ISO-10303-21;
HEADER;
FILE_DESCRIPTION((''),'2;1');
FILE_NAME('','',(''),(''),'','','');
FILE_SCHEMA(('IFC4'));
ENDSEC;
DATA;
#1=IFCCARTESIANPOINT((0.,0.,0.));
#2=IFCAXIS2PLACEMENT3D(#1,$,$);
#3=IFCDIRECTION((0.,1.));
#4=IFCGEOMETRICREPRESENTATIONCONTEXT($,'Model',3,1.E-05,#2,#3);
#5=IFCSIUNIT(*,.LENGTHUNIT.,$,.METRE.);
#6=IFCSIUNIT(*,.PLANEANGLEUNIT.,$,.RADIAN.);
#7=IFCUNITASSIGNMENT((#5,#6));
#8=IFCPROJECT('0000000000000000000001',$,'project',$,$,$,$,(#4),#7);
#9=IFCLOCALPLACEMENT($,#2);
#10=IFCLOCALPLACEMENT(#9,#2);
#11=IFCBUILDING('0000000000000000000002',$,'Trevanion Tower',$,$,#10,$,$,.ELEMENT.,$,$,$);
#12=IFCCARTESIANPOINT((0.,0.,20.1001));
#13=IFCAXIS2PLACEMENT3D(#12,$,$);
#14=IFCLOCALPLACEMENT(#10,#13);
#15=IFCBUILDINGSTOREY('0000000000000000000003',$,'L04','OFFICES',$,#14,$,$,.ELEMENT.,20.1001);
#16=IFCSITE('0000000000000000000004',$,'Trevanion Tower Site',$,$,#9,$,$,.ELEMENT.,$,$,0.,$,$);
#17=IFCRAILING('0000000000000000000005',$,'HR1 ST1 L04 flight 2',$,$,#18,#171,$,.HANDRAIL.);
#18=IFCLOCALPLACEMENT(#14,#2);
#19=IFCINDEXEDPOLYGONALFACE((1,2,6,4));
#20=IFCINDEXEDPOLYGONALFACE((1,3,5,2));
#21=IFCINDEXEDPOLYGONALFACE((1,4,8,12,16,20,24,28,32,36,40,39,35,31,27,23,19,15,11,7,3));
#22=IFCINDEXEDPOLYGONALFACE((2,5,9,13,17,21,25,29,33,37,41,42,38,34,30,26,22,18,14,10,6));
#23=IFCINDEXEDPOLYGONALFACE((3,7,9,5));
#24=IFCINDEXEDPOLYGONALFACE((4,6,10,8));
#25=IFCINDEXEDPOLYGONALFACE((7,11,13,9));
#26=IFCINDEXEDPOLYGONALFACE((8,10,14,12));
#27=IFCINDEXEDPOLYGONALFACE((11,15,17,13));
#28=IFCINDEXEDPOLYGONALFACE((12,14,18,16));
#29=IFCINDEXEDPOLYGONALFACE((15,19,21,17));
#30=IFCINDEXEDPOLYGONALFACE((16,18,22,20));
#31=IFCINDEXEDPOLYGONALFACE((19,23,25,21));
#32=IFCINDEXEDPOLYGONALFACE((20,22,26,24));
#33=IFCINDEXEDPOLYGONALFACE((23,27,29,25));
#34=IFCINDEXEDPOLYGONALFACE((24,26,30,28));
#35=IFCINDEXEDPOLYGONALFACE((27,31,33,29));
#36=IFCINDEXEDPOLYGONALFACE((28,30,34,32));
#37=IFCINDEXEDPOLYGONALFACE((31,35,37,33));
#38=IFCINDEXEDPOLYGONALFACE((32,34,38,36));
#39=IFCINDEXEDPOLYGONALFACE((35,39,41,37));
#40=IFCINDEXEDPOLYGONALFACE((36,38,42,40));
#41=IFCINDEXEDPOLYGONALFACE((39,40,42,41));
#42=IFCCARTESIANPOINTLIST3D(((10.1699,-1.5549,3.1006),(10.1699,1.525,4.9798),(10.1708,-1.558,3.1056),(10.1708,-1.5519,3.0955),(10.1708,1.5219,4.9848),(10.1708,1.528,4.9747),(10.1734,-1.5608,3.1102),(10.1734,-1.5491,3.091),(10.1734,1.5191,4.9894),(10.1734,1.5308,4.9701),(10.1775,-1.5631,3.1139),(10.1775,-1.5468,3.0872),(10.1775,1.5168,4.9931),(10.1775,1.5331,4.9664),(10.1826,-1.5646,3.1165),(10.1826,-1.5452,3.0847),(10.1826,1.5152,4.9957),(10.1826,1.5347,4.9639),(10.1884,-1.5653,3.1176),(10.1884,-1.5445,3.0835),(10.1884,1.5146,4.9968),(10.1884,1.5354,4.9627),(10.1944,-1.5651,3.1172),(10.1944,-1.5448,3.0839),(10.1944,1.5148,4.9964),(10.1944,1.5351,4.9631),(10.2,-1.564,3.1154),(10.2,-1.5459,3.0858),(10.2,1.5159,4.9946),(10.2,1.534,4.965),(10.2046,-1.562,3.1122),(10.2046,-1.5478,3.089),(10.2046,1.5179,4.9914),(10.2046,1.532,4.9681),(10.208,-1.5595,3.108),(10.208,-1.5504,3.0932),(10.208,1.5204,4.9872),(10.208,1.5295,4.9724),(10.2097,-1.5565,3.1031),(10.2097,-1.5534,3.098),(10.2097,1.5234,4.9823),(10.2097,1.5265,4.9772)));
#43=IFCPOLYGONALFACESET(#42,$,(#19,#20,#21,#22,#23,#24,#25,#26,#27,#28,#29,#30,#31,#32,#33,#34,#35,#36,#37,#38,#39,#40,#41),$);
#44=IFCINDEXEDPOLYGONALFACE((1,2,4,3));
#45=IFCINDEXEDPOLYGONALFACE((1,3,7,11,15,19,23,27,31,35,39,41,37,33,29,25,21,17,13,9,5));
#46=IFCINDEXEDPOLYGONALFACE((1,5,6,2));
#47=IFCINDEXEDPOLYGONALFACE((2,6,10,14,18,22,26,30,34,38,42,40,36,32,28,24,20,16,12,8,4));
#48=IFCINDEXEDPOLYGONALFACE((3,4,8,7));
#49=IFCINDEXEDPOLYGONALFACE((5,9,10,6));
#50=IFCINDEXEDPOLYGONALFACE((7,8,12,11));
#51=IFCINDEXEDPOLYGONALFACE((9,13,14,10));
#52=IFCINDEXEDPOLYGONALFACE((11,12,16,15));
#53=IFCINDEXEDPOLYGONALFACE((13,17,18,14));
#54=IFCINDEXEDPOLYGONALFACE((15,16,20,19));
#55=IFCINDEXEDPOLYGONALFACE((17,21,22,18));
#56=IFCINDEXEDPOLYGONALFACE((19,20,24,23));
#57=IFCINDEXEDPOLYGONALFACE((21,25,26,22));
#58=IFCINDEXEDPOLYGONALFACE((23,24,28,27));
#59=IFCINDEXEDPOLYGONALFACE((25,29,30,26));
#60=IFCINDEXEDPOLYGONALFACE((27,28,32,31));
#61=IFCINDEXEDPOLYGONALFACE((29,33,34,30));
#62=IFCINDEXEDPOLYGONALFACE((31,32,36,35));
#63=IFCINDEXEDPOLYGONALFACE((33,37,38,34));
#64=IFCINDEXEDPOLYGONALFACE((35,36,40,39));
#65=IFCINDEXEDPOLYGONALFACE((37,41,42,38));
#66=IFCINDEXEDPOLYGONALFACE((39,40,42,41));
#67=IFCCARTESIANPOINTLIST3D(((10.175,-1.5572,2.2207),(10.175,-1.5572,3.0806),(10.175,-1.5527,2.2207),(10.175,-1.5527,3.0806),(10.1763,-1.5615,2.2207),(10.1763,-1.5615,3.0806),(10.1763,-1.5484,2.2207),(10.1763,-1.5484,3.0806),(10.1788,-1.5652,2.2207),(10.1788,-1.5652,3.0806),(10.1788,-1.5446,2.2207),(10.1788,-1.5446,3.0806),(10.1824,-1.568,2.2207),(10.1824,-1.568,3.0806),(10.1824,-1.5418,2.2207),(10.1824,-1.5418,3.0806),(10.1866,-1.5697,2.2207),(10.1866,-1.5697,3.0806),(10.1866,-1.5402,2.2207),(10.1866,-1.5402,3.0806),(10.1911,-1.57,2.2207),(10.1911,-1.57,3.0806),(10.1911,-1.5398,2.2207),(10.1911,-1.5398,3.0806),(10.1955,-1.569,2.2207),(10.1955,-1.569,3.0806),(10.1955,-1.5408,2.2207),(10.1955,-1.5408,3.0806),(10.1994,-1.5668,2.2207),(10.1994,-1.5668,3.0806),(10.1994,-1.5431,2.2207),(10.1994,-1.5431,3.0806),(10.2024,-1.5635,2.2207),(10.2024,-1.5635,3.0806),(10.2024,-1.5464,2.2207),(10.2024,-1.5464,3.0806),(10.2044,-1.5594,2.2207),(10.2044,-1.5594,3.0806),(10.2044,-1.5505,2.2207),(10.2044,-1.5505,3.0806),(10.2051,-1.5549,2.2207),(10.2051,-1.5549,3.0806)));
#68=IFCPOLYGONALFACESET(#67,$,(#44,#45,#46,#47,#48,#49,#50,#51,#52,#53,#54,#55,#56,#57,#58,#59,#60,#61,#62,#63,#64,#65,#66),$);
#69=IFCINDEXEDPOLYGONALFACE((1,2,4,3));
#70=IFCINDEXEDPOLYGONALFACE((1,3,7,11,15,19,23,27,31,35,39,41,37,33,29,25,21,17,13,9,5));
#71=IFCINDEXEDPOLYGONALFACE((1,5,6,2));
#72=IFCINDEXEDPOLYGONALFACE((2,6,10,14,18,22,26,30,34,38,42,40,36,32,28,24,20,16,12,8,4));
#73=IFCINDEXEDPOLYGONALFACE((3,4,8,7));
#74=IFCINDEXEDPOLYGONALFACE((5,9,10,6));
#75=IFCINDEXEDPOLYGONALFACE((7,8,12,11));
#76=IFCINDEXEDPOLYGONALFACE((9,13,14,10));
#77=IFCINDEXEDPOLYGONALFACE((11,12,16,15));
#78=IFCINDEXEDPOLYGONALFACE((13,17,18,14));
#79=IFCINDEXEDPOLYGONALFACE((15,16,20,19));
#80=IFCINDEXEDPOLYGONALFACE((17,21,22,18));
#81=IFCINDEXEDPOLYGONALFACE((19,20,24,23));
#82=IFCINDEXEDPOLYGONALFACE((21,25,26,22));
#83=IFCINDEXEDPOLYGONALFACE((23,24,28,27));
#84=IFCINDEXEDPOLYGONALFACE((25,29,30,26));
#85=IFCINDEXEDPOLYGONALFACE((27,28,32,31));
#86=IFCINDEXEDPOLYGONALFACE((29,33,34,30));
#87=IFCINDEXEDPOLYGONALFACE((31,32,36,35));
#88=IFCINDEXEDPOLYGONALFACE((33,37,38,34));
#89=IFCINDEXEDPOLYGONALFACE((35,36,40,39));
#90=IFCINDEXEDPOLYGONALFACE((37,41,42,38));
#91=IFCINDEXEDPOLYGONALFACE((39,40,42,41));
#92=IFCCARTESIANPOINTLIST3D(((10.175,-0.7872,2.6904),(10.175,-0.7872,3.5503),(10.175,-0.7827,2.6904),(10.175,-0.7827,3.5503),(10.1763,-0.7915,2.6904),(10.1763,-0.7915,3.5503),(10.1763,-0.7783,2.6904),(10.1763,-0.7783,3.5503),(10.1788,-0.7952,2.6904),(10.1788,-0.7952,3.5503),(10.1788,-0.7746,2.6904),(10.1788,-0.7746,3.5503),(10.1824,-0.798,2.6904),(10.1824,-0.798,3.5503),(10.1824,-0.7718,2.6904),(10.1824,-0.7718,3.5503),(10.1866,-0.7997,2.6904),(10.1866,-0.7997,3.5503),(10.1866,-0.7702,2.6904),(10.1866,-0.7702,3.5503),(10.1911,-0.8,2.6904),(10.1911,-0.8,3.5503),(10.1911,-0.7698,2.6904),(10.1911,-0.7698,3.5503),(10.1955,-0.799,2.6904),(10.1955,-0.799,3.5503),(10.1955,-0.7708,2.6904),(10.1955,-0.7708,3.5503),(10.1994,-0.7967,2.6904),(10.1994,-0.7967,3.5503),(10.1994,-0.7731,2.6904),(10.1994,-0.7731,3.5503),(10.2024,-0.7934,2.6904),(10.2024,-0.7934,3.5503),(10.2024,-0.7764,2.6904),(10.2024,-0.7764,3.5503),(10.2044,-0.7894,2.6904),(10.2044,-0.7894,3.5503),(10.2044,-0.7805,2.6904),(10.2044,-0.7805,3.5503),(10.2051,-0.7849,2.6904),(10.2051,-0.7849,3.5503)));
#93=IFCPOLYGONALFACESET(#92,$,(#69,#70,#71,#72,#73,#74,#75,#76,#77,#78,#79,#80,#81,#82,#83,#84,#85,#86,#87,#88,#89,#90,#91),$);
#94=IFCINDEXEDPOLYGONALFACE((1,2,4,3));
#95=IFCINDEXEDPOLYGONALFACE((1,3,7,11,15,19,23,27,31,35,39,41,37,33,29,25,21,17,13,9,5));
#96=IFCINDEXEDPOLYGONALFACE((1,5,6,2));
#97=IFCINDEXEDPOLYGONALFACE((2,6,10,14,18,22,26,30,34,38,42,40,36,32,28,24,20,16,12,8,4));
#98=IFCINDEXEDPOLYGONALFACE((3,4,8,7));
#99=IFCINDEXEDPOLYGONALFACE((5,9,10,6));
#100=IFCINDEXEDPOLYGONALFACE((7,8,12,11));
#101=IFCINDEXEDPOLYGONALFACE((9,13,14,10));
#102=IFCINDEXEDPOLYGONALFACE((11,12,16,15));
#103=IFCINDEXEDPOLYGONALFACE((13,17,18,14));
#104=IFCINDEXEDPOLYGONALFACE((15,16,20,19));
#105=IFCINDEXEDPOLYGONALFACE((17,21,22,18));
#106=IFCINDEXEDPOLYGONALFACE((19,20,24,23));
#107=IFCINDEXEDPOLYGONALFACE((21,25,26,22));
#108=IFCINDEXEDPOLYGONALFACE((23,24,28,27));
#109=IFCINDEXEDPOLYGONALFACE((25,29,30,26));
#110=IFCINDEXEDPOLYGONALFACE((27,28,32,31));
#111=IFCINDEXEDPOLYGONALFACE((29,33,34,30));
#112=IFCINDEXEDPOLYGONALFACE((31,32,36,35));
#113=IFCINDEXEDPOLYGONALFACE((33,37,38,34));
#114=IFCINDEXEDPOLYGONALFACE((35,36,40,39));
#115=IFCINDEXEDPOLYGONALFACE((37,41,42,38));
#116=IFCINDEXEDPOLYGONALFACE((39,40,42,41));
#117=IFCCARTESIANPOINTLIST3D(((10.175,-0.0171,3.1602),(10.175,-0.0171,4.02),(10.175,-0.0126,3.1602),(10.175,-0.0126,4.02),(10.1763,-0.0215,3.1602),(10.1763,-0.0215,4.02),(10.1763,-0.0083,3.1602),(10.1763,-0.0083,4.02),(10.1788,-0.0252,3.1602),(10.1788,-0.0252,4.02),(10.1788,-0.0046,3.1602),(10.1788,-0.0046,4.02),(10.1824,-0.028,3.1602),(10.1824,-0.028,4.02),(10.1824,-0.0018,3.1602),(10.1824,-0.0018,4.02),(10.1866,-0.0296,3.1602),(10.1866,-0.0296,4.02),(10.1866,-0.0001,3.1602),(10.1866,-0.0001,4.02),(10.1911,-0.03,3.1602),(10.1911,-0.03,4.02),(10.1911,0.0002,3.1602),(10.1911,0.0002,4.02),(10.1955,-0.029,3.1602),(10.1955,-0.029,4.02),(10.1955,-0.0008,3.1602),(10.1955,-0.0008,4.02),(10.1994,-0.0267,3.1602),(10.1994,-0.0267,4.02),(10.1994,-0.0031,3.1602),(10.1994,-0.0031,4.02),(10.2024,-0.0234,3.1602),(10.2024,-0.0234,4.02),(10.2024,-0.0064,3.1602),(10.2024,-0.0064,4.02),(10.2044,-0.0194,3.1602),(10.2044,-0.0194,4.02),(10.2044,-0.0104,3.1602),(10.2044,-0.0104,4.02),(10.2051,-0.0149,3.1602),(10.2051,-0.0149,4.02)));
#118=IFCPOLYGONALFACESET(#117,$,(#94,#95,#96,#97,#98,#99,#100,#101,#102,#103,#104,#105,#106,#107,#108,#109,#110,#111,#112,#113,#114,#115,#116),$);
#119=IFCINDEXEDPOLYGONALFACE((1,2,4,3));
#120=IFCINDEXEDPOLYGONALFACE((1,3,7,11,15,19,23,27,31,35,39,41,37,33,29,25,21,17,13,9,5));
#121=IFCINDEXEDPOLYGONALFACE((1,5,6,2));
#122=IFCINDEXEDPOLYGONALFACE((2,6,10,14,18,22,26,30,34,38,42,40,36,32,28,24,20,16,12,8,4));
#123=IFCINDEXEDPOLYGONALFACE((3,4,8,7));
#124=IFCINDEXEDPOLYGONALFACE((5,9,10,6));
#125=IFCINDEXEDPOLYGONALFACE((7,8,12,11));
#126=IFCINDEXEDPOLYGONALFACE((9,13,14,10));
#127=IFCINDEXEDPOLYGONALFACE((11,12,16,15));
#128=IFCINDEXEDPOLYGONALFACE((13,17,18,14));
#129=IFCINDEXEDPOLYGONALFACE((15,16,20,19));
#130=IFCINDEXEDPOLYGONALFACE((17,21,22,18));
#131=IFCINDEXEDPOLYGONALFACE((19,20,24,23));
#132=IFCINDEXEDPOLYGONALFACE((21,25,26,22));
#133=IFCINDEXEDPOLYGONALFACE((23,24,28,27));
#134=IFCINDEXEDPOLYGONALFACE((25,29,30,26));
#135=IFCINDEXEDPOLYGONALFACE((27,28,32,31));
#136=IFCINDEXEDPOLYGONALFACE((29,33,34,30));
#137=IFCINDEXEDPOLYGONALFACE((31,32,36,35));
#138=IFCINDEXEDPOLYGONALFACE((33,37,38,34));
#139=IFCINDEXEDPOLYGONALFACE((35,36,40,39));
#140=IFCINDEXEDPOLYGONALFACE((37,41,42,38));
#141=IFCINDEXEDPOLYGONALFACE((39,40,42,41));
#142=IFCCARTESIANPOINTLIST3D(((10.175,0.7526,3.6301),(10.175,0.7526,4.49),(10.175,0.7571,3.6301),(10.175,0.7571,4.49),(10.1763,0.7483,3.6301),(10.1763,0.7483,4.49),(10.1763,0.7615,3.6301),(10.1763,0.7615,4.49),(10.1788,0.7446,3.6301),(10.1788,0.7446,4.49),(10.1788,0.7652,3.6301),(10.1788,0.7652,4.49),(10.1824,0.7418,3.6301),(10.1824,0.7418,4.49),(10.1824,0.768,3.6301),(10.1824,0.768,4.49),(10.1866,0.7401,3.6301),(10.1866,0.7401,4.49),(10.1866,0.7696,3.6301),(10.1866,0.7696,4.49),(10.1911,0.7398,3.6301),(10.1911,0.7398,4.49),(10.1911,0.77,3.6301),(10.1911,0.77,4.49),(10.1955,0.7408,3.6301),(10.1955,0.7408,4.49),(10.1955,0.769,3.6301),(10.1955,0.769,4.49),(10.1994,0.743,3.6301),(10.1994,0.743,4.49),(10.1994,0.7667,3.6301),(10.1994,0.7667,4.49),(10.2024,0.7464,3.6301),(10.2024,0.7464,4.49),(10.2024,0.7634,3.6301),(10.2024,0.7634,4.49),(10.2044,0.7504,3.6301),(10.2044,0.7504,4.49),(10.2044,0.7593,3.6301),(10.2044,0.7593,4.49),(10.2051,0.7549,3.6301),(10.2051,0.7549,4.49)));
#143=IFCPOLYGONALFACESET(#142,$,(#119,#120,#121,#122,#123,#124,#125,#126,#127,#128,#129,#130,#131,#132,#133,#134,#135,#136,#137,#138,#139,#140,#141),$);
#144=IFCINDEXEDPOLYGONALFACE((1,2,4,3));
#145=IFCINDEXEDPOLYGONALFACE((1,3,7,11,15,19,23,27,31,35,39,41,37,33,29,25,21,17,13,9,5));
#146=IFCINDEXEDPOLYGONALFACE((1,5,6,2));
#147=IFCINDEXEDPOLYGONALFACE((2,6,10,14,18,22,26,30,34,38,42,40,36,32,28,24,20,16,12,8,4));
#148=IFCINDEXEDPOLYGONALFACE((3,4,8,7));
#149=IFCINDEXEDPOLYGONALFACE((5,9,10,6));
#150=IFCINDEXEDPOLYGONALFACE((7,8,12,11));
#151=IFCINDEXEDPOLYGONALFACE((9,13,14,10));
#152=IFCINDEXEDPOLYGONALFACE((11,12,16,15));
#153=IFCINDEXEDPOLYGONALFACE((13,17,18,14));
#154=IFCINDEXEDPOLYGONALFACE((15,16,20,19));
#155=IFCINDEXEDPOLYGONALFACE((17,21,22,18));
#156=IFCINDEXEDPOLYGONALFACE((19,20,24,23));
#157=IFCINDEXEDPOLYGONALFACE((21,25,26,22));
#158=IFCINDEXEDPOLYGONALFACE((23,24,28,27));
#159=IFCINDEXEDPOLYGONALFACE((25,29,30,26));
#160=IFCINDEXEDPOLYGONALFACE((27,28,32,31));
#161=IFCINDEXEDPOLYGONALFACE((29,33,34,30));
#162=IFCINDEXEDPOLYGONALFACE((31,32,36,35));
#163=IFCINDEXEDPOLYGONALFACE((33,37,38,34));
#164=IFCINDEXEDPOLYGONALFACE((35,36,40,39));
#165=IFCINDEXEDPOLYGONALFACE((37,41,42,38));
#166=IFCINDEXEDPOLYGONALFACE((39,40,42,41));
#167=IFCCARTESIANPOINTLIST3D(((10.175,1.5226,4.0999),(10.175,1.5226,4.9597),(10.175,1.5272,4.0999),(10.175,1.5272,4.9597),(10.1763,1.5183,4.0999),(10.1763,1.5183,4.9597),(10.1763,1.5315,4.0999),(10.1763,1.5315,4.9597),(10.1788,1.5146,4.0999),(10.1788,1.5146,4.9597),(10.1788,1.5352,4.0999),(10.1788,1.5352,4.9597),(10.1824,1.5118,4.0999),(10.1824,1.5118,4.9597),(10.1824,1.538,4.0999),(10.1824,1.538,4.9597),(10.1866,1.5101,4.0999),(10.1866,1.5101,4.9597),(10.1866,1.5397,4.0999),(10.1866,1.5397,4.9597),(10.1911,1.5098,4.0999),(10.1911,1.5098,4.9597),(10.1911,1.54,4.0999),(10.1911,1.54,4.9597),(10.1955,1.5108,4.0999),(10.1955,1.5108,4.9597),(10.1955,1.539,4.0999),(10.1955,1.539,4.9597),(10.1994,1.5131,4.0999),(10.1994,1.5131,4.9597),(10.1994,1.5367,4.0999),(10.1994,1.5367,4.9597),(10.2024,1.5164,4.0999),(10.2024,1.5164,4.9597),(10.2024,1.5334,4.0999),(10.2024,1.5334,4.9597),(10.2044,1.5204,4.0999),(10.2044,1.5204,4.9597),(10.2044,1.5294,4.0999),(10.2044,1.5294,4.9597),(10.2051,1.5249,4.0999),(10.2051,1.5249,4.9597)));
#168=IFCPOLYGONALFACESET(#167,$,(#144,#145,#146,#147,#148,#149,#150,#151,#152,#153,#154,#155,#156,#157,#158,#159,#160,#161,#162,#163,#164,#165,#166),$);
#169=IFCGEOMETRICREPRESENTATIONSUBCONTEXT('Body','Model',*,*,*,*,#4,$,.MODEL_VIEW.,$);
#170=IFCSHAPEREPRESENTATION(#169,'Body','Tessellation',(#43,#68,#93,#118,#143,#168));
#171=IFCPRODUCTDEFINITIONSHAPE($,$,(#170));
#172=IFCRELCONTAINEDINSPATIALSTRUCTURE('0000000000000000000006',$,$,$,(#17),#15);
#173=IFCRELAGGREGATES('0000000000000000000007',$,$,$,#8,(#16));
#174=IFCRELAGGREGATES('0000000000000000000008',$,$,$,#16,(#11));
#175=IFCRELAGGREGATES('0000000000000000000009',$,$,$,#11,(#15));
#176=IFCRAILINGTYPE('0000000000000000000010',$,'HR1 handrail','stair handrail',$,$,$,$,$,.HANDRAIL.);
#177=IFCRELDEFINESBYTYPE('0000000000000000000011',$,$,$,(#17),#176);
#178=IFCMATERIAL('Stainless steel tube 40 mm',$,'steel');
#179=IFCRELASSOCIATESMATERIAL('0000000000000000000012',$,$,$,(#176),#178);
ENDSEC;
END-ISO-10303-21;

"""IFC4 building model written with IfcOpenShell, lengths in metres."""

from ifc_helpers import new_model, si_unit, direction, frame, origin, origin_2d, place, context, subcontext, project, spatial, circle, extrude, material, type_object, element, save


model = new_model("IFC4")

# Units and contexts
model_context = context("Model", 3, precision=1e-05, world=origin(), true_north=direction((0.0, 1.0)))
body_context = subcontext(model_context, "Body", "Model", "MODEL_VIEW")
ifc_project = project(units=[si_unit("LENGTHUNIT", "METRE"), si_unit("PLANEANGLEUNIT", "RADIAN")], contexts=[model_context])

# Site, building, storey
site_placement = place(None, origin())
site = spatial("IfcSite", under=ifc_project, at=site_placement, Name="Trevanion Tower Site", CompositionType="ELEMENT", RefElevation=0.0)
building_placement = place(site_placement, origin())
building = spatial("IfcBuilding", under=site, at=building_placement, Name="Trevanion Tower", CompositionType="ELEMENT")
storey_placement = place(building_placement, frame((0.0, 0.0, 20.1001)))
storey = spatial("IfcBuildingStorey", under=building, at=storey_placement, Name="L04", Description="OFFICES", CompositionType="ELEMENT", Elevation=20.1001)

# Railing
ifc_material_1 = material(Name="Stainless steel tube 40 mm", Category="steel")
railing_type = type_object("IfcRailingType", Name="HR1 handrail", Description="stair handrail", PredefinedType="HANDRAIL", material=ifc_material_1)
for number, where, name in (
    (1, (10.1899, -1.5549, 2.2207), "HR1 ST1 L04 flight 2"),
):
    element("IfcRailing", number, at=place(storey_placement, frame(where)), inside=storey, type_object=railing_type, Name=name, PredefinedType="HANDRAIL", context=body_context, shape_type="SweptSolid", body=[
        extrude(circle(Radius=0.02, at=origin_2d()), frame((0.0, 0.0, 0.8799), z_axis=(0.0, 0.853648, 0.52085), x_axis=(-1.0, 0.0, 0.0)), (0.0, 0.0, 1.0), 3.6079),
        extrude(circle(Radius=0.0151, at=origin_2d()), origin(), (0.0, 0.0, 1.0), 0.8599),
        extrude(circle(Radius=0.0151, at=origin_2d()), frame((0.0, 0.77, 0.4697)), (0.0, 0.0, 1.0), 0.8599),
        extrude(circle(Radius=0.0151, at=origin_2d()), frame((0.0, 1.54, 0.9395)), (0.0, 0.0, 1.0), 0.8599),
        extrude(circle(Radius=0.0151, at=origin_2d()), frame((0.0, 2.3098, 1.4094)), (0.0, 0.0, 1.0), 0.8599),
        extrude(circle(Radius=0.0151, at=origin_2d()), frame((0.0, 3.0798, 1.8792)), (0.0, 0.0, 1.0), 0.8599),
    ])

save(model, "model.ifc")
